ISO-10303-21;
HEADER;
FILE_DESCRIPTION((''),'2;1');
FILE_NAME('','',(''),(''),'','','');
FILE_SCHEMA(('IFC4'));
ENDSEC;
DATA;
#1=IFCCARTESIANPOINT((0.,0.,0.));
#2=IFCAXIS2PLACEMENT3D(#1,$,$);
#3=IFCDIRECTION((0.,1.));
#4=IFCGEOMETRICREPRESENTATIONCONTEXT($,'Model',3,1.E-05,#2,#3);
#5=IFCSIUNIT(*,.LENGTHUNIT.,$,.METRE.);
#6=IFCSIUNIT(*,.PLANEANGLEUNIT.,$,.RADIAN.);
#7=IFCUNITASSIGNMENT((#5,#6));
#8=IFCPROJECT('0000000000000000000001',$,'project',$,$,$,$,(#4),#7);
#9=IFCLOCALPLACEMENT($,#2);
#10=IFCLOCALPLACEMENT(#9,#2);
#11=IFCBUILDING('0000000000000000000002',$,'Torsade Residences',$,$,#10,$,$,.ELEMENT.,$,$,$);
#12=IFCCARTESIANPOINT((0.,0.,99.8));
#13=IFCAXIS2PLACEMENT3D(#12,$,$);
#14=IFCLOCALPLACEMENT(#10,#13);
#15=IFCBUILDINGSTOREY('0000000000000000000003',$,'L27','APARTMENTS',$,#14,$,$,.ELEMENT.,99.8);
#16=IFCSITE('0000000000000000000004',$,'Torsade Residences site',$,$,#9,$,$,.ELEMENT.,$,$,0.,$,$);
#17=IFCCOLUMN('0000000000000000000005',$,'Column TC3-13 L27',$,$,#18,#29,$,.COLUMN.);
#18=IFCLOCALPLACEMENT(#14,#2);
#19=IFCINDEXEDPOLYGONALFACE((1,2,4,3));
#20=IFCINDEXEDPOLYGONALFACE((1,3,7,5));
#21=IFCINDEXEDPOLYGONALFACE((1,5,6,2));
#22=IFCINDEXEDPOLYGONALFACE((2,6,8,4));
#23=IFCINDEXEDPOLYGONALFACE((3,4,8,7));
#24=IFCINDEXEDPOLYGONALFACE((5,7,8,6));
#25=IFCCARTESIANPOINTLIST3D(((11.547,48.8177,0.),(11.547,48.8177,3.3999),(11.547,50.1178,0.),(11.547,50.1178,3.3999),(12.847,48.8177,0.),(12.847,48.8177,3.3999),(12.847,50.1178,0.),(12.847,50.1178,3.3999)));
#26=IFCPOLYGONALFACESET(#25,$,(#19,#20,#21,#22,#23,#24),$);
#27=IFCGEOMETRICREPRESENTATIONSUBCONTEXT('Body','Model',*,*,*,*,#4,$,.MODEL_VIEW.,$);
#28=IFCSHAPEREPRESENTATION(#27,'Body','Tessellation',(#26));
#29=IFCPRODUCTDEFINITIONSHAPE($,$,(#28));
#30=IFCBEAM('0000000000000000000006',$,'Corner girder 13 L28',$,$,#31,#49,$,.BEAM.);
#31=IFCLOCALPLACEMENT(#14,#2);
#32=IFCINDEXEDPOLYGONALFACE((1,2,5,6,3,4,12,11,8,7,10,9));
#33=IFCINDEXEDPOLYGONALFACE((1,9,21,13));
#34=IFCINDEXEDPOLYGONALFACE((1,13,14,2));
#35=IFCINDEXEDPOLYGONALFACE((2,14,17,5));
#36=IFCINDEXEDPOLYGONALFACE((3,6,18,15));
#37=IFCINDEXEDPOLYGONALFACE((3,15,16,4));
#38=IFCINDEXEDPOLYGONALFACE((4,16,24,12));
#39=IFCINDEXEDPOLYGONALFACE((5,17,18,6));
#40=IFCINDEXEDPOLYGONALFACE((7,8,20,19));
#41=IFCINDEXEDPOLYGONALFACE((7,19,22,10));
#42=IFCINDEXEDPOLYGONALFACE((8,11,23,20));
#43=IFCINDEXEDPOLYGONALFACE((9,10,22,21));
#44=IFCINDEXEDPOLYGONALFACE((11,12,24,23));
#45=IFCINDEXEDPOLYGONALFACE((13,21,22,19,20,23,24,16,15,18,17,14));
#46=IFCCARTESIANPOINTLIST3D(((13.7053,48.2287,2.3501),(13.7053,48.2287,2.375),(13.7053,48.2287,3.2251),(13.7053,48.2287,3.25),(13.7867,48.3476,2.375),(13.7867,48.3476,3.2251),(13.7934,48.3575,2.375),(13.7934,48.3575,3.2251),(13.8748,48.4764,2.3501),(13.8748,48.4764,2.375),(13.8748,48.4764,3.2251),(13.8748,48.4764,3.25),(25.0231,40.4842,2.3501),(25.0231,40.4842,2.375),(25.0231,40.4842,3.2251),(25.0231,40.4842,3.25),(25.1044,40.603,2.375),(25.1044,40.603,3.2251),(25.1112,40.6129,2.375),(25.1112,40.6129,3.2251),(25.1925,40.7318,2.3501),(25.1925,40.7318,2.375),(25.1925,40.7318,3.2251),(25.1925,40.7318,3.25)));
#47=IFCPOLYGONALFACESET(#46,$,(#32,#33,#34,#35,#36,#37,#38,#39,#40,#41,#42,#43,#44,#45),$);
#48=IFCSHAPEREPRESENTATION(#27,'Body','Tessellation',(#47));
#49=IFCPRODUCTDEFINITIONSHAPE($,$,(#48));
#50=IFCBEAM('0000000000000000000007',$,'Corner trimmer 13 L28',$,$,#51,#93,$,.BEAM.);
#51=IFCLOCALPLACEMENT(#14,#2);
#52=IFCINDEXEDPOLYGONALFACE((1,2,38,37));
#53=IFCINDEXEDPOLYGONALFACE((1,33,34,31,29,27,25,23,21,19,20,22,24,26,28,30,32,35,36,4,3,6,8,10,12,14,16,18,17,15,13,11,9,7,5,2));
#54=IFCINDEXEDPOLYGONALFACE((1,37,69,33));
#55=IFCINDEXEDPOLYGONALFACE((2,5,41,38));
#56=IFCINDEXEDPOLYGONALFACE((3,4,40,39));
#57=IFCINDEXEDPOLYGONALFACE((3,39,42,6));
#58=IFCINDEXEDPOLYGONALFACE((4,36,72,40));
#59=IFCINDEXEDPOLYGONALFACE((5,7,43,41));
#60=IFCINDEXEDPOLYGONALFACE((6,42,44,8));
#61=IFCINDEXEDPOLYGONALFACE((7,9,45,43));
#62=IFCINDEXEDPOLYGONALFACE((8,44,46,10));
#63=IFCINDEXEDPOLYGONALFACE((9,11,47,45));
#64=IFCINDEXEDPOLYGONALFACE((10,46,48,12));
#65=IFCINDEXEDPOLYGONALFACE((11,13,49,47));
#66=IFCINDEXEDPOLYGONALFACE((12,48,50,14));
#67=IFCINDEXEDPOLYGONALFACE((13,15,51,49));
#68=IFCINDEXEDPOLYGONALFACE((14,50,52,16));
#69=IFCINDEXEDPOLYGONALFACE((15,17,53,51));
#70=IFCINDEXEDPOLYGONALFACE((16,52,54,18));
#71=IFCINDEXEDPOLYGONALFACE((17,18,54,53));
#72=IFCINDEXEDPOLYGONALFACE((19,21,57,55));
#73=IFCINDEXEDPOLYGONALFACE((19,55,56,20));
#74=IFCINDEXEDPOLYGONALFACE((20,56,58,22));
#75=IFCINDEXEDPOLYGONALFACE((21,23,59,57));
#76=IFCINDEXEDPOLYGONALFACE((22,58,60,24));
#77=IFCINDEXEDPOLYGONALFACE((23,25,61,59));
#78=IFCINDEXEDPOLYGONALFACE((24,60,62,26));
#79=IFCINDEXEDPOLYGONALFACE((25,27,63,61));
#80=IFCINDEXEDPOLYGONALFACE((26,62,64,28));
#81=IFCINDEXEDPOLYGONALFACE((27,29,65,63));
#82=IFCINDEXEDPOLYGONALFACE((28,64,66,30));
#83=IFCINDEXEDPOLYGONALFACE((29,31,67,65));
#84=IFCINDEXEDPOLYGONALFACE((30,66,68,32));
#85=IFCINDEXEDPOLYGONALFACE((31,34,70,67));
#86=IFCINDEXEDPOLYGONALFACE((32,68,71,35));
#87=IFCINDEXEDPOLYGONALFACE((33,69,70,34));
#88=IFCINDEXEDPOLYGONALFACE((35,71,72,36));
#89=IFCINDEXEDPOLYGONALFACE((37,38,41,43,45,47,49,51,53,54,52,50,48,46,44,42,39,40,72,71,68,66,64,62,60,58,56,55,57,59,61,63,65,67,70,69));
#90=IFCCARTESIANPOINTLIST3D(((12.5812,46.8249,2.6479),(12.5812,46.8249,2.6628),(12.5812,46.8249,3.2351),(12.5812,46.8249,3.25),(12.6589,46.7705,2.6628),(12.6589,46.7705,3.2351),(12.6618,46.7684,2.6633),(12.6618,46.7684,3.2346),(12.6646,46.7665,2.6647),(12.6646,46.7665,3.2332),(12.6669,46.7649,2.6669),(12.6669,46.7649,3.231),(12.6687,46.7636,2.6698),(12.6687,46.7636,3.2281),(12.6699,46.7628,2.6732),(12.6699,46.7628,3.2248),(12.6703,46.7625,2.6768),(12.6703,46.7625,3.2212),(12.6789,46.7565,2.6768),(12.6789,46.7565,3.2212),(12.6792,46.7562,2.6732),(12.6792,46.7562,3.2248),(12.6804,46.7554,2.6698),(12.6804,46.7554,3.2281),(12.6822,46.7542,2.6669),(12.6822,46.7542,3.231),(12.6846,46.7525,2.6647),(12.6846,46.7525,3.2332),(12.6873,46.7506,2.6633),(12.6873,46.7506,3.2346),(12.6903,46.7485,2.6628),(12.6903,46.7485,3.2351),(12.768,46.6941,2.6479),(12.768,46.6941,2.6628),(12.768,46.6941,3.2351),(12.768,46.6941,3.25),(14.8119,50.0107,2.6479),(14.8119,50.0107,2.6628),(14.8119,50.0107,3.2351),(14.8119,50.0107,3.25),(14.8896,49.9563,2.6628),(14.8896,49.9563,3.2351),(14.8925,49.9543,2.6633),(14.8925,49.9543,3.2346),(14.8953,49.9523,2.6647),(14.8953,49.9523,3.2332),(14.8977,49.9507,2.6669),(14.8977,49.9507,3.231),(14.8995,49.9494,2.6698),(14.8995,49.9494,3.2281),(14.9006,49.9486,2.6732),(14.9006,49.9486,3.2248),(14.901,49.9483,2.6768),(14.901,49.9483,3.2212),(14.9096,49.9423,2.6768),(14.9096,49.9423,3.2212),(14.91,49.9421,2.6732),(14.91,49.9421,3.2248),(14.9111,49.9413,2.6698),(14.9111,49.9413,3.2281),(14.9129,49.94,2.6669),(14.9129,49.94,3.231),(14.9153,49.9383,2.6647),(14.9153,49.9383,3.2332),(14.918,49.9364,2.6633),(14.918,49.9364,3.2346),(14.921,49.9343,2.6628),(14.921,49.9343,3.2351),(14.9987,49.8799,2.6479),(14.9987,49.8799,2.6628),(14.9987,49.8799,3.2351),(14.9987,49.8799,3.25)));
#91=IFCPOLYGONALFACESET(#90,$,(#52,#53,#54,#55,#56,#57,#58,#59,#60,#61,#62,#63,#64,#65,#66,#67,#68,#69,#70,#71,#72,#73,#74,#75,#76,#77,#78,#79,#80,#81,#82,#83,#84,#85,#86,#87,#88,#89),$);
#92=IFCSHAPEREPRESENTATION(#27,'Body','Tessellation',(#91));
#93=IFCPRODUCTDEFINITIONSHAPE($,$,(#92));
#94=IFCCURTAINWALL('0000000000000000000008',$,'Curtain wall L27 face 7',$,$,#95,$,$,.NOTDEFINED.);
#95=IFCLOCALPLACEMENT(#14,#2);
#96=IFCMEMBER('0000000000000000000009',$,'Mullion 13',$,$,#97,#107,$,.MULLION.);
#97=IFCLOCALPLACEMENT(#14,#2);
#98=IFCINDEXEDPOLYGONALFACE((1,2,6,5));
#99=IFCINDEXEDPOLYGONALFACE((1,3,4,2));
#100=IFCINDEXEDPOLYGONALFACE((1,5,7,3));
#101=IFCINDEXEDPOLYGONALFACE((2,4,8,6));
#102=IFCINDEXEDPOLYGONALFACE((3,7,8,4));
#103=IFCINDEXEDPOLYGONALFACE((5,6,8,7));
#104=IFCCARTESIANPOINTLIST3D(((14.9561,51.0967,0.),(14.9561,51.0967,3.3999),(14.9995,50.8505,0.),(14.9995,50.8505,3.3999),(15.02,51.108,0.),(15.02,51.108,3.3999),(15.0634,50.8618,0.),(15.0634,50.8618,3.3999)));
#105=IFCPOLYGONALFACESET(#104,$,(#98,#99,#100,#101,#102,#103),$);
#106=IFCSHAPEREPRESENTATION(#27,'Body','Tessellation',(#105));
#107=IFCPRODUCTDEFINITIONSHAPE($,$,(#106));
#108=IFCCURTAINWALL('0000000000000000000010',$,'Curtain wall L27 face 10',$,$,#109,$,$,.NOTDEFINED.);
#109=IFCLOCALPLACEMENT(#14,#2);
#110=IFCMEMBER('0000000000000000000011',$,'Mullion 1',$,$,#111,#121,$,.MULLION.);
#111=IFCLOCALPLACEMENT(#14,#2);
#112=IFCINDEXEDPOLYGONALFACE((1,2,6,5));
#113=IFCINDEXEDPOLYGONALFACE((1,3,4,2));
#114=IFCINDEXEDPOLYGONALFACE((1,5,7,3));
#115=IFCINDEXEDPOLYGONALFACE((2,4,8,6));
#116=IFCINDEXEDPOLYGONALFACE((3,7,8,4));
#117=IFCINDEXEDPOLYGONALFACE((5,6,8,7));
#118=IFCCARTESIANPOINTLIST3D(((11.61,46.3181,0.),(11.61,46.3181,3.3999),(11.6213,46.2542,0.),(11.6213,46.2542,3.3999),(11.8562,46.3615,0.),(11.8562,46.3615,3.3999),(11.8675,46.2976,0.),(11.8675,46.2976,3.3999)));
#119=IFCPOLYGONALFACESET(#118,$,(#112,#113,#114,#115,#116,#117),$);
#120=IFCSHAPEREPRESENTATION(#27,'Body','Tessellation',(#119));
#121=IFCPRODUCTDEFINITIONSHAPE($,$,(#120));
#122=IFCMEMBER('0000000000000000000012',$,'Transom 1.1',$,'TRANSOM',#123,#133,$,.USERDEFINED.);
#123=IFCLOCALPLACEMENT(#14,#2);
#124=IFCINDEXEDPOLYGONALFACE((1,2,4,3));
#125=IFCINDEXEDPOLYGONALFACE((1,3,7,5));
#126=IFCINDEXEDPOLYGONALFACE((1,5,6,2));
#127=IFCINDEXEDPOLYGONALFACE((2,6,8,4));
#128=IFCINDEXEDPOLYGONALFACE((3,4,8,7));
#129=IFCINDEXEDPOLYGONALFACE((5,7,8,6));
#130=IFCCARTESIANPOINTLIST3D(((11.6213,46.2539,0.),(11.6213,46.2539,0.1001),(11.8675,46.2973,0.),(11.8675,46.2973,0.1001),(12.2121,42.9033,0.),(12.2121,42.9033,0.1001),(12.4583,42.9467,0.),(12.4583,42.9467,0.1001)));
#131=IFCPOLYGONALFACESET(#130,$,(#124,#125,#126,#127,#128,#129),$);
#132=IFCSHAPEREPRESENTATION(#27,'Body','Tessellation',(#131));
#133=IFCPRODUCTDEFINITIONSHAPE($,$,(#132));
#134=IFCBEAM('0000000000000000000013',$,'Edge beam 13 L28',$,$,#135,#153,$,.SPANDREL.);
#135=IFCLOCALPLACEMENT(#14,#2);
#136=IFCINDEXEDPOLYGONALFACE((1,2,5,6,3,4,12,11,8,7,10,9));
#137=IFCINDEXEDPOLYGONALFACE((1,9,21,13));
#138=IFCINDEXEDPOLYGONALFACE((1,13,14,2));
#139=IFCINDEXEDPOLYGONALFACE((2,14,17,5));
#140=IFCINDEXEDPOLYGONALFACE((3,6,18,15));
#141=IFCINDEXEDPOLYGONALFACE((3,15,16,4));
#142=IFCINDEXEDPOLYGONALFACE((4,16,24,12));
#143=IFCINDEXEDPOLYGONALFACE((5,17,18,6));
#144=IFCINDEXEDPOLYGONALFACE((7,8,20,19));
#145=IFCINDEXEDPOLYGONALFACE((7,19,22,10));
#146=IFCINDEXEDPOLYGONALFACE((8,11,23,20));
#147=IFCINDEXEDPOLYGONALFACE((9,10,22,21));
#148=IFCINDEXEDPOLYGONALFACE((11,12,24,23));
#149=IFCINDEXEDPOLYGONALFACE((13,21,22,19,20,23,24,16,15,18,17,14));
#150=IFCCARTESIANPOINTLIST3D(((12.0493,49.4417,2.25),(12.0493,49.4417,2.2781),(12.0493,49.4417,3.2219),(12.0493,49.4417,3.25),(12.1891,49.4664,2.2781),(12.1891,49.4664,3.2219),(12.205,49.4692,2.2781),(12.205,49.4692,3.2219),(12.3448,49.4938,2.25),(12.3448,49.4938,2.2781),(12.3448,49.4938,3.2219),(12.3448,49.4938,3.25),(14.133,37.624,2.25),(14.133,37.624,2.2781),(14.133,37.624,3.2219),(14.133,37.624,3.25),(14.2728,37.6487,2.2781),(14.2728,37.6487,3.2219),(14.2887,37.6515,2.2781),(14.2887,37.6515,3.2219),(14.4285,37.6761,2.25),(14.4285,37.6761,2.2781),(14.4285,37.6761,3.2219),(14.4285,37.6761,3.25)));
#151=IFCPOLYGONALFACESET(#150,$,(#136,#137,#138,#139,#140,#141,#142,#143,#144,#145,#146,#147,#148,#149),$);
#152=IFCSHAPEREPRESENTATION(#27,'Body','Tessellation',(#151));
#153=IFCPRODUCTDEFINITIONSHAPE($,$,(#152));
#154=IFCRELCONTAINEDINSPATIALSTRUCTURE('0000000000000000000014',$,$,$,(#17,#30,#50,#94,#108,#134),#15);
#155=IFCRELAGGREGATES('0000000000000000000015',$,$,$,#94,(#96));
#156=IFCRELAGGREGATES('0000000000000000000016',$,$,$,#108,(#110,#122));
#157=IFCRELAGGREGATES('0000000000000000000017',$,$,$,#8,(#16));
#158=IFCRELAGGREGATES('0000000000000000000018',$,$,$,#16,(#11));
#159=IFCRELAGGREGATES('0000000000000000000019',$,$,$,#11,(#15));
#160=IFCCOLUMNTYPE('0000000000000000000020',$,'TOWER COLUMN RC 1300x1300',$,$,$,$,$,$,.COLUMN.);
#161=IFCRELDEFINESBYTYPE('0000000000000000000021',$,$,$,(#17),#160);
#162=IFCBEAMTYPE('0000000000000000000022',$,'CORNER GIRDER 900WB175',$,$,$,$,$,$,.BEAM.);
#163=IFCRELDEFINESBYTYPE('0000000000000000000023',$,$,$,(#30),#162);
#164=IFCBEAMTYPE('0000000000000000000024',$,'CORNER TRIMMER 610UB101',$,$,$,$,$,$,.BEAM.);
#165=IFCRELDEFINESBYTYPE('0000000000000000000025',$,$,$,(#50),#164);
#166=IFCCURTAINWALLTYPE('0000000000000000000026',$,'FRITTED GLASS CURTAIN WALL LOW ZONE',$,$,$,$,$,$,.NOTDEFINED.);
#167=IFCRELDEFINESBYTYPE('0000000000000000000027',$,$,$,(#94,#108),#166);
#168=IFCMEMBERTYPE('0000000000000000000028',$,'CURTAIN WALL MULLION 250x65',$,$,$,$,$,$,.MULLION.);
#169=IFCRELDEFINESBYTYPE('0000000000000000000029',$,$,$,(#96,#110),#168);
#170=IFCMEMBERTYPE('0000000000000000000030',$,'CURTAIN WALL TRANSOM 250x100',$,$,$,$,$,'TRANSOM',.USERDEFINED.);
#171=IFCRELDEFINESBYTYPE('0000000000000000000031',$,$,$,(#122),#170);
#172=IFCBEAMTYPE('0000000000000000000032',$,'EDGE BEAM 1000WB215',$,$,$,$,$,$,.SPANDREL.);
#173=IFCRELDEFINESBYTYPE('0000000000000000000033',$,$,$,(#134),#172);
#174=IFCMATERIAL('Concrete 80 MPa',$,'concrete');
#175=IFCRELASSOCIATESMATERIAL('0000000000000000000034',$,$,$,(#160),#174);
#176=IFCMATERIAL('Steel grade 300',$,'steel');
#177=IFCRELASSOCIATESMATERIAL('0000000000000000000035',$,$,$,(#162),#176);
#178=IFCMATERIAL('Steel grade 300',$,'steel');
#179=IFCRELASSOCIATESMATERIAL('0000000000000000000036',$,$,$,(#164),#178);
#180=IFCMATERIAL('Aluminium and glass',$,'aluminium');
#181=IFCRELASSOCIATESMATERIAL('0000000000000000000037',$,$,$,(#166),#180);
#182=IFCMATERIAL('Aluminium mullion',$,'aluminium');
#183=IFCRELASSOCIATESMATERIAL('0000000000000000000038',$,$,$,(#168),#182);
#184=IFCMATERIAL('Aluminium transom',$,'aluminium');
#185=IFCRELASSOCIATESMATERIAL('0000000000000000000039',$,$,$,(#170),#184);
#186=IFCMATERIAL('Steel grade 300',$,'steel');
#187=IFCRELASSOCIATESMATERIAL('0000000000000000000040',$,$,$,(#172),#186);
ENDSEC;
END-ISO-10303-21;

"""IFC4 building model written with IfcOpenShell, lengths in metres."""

from ifc_helpers import new_model, si_unit, direction, frame, origin, origin_2d, place, context, subcontext, project, spatial, rectangle, i_section, extrude, material, material_profile, profile_set, type_object, element, aggregate, save


model = new_model("IFC4")

# Units and contexts
model_context = context("Model", 3, precision=1e-05, world=origin(), true_north=direction((0.0, 1.0)))
body_context = subcontext(model_context, "Body", "Model", "MODEL_VIEW")
ifc_project = project(units=[si_unit("LENGTHUNIT", "METRE"), si_unit("PLANEANGLEUNIT", "RADIAN")], contexts=[model_context])

# Site, building, storey
site_placement = place(None, origin())
site = spatial("IfcSite", under=ifc_project, at=site_placement, Name="Torsade Residences site", CompositionType="ELEMENT", RefElevation=0.0)
building_placement = place(site_placement, origin())
building = spatial("IfcBuilding", under=site, at=building_placement, Name="Torsade Residences", CompositionType="ELEMENT")
storey_placement = place(building_placement, frame((0.0, 0.0, 99.8)))
storey = spatial("IfcBuildingStorey", under=building, at=storey_placement, Name="L27", Description="APARTMENTS", CompositionType="ELEMENT", Elevation=99.8)

# Column
ifc_material_1 = material(Name="Concrete 80 MPa", Category="concrete")
ifc_material_profile_1 = material_profile(ifc_material_1, rectangle(XDim=1.3, YDim=1.3, at=origin_2d()), Name="RC 1300x1300")
ifc_profile_set_1 = profile_set([ifc_material_profile_1], Name="Concrete 80 MPa")
column_type = type_object("IfcColumnType", Name="TOWER COLUMN RC 1300x1300", PredefinedType="COLUMN", material=ifc_profile_set_1)
column_placement = place(storey_placement, frame((12.197, 49.4678, 0.0), z_axis=(0.0, 0.0, 1.0), x_axis=(1.0, 0.0, 0.0)))
element("IfcColumn", 1, at=column_placement, inside=storey, type_object=column_type, Name="Column TC3-13 L27", PredefinedType="COLUMN", context=body_context, shape_type="SweptSolid", body=[
    extrude(rectangle(XDim=1.3, YDim=1.3, at=origin_2d()), origin(), (0.0, 0.0, 1.0), 3.3999),
])

# Beams
ifc_material_2 = material(Name="Steel grade 300", Category="steel")
ifc_material_profile_2 = material_profile(ifc_material_2, i_section(OverallWidth=0.3, OverallDepth=0.8999, WebThickness=0.012, FlangeThickness=0.0249, at=origin_2d()), Name="900WB175")
ifc_profile_set_2 = profile_set([ifc_material_profile_2], Name="Steel grade 300")
beam_type_1 = type_object("IfcBeamType", Name="CORNER GIRDER 900WB175", PredefinedType="BEAM", material=ifc_profile_set_2)
beam_1_placement = place(storey_placement, frame((13.79, 48.3525, 2.8), z_axis=(0.825279, -0.564725, 0.0), x_axis=(0.564725, 0.825279, 0.0)))
element("IfcBeam", 2, at=beam_1_placement, inside=storey, type_object=beam_type_1, Name="Corner girder 13 L28", PredefinedType="BEAM", context=body_context, shape_type="SweptSolid", body=[
    extrude(i_section(OverallWidth=0.3, OverallDepth=0.8999, WebThickness=0.012, FlangeThickness=0.0249, at=origin_2d()), origin(), (0.0, 0.0, 1.0), 13.7139),
])
ifc_material_3 = material(Name="Steel grade 300", Category="steel")
ifc_material_profile_3 = material_profile(ifc_material_3, i_section(OverallWidth=0.228, OverallDepth=0.6021, WebThickness=0.0105, FlangeThickness=0.0149, FilletRadius=0.0139, at=origin_2d()), Name="610UB101")
ifc_profile_set_3 = profile_set([ifc_material_profile_3], Name="Steel grade 300")
beam_type_2 = type_object("IfcBeamType", Name="CORNER TRIMMER 610UB101", PredefinedType="BEAM", material=ifc_profile_set_3)
beam_2_placement = place(storey_placement, frame((12.6746, 46.7595, 2.949), z_axis=(0.573576, 0.819152, 0.0), x_axis=(-0.819152, 0.573576, 0.0)))
element("IfcBeam", 3, at=beam_2_placement, inside=storey, type_object=beam_type_2, Name="Corner trimmer 13 L28", PredefinedType="BEAM", context=body_context, shape_type="SweptSolid", body=[
    extrude(i_section(OverallWidth=0.228, OverallDepth=0.6021, WebThickness=0.0105, FlangeThickness=0.0149, FilletRadius=0.0139, at=origin_2d()), origin(), (0.0, 0.0, 1.0), 3.8892),
])

# Curtain wall, member
ifc_material_4 = material(Name="Aluminium and glass", Category="aluminium")
curtain_wall_type = type_object("IfcCurtainWallType", Name="FRITTED GLASS CURTAIN WALL LOW ZONE", PredefinedType="NOTDEFINED", material=ifc_material_4)
curtain_wall_1_placement = place(storey_placement, origin())
curtain_wall_1 = element("IfcCurtainWall", 4, at=curtain_wall_1_placement, inside=storey, type_object=curtain_wall_type, Name="Curtain wall L27 face 7", PredefinedType="NOTDEFINED")
ifc_material_5 = material(Name="Aluminium mullion", Category="aluminium")
ifc_material_profile_4 = material_profile(ifc_material_5, rectangle(XDim=0.25, YDim=0.0649, at=origin_2d()), Name="CURTAIN WALL MULLION 250x65")
ifc_profile_set_4 = profile_set([ifc_material_profile_4], Name="Aluminium mullion")
member_type_1 = type_object("IfcMemberType", Name="CURTAIN WALL MULLION 250x65", PredefinedType="MULLION", material=ifc_profile_set_4)
member_1_placement = place(storey_placement, frame((15.0098, 50.9792, 0.0), z_axis=(0.0, 0.0, 1.0), x_axis=(0.173648, -0.984808, 0.0)))
member_1 = element("IfcMember", 5, at=member_1_placement, type_object=member_type_1, Name="Mullion 13", PredefinedType="MULLION", context=body_context, shape_type="SweptSolid", body=[
    extrude(rectangle(XDim=0.25, YDim=0.0649, at=origin_2d()), origin(), (0.0, 0.0, 1.0), 3.3999),
])
aggregate(curtain_wall_1, [member_1])

# Curtain wall, members
curtain_wall_2_placement = place(storey_placement, origin())
curtain_wall_2 = element("IfcCurtainWall", 6, at=curtain_wall_2_placement, inside=storey, type_object=curtain_wall_type, Name="Curtain wall L27 face 10", PredefinedType="NOTDEFINED")
member_2_placement = place(storey_placement, frame((11.7388, 46.3079, 0.0), z_axis=(0.0, 0.0, 1.0), x_axis=(0.984808, 0.173648, 0.0)))
member_2 = element("IfcMember", 7, at=member_2_placement, type_object=member_type_1, Name="Mullion 1", PredefinedType="MULLION", context=body_context, shape_type="SweptSolid", body=[
    extrude(rectangle(XDim=0.25, YDim=0.0649, at=origin_2d()), origin(), (0.0, 0.0, 1.0), 3.3999),
])
ifc_material_6 = material(Name="Aluminium transom", Category="aluminium")
ifc_material_profile_5 = material_profile(ifc_material_6, rectangle(XDim=0.25, YDim=0.1001, at=origin_2d()), Name="CURTAIN WALL TRANSOM 250x100")
ifc_profile_set_5 = profile_set([ifc_material_profile_5], Name="Aluminium transom")
member_type_2 = type_object("IfcMemberType", Name="CURTAIN WALL TRANSOM 250x100", ElementType="TRANSOM", PredefinedType="USERDEFINED", material=ifc_profile_set_5)
member_3_placement = place(storey_placement, frame((11.7444, 46.2756, 0.05), z_axis=(0.173654, -0.984807, 0.0), x_axis=(0.984807, 0.173654, 0.0)))
member_3 = element("IfcMember", 8, at=member_3_placement, type_object=member_type_2, Name="Transom 1.1", ObjectType="TRANSOM", PredefinedType="USERDEFINED", context=body_context, shape_type="SweptSolid", body=[
    extrude(rectangle(XDim=0.25, YDim=0.1001, at=origin_2d()), origin(), (0.0, 0.0, 1.0), 3.4023),
])

# Beam
ifc_material_7 = material(Name="Steel grade 300", Category="steel")
ifc_material_profile_6 = material_profile(ifc_material_7, i_section(OverallWidth=0.3, OverallDepth=1.0, WebThickness=0.0161, FlangeThickness=0.0281, at=origin_2d()), Name="1000WB215")
ifc_profile_set_6 = profile_set([ifc_material_profile_6], Name="Steel grade 300")
beam_type_3 = type_object("IfcBeamType", Name="EDGE BEAM 1000WB215", PredefinedType="SPANDREL", material=ifc_profile_set_6)
beam_3_placement = place(storey_placement, frame((12.197, 49.4678, 2.75), z_axis=(0.173646, -0.984808, 0.0), x_axis=(0.984808, 0.173646, 0.0)))
element("IfcBeam", 9, at=beam_3_placement, inside=storey, type_object=beam_type_3, Name="Edge beam 13 L28", PredefinedType="SPANDREL", context=body_context, shape_type="SweptSolid", body=[
    extrude(i_section(OverallWidth=0.3, OverallDepth=1.0, WebThickness=0.0161, FlangeThickness=0.0281, at=origin_2d()), origin(), (0.0, 0.0, 1.0), 12.0),
])

aggregate(curtain_wall_2, [member_2, member_3])

save(model, "model.ifc")
